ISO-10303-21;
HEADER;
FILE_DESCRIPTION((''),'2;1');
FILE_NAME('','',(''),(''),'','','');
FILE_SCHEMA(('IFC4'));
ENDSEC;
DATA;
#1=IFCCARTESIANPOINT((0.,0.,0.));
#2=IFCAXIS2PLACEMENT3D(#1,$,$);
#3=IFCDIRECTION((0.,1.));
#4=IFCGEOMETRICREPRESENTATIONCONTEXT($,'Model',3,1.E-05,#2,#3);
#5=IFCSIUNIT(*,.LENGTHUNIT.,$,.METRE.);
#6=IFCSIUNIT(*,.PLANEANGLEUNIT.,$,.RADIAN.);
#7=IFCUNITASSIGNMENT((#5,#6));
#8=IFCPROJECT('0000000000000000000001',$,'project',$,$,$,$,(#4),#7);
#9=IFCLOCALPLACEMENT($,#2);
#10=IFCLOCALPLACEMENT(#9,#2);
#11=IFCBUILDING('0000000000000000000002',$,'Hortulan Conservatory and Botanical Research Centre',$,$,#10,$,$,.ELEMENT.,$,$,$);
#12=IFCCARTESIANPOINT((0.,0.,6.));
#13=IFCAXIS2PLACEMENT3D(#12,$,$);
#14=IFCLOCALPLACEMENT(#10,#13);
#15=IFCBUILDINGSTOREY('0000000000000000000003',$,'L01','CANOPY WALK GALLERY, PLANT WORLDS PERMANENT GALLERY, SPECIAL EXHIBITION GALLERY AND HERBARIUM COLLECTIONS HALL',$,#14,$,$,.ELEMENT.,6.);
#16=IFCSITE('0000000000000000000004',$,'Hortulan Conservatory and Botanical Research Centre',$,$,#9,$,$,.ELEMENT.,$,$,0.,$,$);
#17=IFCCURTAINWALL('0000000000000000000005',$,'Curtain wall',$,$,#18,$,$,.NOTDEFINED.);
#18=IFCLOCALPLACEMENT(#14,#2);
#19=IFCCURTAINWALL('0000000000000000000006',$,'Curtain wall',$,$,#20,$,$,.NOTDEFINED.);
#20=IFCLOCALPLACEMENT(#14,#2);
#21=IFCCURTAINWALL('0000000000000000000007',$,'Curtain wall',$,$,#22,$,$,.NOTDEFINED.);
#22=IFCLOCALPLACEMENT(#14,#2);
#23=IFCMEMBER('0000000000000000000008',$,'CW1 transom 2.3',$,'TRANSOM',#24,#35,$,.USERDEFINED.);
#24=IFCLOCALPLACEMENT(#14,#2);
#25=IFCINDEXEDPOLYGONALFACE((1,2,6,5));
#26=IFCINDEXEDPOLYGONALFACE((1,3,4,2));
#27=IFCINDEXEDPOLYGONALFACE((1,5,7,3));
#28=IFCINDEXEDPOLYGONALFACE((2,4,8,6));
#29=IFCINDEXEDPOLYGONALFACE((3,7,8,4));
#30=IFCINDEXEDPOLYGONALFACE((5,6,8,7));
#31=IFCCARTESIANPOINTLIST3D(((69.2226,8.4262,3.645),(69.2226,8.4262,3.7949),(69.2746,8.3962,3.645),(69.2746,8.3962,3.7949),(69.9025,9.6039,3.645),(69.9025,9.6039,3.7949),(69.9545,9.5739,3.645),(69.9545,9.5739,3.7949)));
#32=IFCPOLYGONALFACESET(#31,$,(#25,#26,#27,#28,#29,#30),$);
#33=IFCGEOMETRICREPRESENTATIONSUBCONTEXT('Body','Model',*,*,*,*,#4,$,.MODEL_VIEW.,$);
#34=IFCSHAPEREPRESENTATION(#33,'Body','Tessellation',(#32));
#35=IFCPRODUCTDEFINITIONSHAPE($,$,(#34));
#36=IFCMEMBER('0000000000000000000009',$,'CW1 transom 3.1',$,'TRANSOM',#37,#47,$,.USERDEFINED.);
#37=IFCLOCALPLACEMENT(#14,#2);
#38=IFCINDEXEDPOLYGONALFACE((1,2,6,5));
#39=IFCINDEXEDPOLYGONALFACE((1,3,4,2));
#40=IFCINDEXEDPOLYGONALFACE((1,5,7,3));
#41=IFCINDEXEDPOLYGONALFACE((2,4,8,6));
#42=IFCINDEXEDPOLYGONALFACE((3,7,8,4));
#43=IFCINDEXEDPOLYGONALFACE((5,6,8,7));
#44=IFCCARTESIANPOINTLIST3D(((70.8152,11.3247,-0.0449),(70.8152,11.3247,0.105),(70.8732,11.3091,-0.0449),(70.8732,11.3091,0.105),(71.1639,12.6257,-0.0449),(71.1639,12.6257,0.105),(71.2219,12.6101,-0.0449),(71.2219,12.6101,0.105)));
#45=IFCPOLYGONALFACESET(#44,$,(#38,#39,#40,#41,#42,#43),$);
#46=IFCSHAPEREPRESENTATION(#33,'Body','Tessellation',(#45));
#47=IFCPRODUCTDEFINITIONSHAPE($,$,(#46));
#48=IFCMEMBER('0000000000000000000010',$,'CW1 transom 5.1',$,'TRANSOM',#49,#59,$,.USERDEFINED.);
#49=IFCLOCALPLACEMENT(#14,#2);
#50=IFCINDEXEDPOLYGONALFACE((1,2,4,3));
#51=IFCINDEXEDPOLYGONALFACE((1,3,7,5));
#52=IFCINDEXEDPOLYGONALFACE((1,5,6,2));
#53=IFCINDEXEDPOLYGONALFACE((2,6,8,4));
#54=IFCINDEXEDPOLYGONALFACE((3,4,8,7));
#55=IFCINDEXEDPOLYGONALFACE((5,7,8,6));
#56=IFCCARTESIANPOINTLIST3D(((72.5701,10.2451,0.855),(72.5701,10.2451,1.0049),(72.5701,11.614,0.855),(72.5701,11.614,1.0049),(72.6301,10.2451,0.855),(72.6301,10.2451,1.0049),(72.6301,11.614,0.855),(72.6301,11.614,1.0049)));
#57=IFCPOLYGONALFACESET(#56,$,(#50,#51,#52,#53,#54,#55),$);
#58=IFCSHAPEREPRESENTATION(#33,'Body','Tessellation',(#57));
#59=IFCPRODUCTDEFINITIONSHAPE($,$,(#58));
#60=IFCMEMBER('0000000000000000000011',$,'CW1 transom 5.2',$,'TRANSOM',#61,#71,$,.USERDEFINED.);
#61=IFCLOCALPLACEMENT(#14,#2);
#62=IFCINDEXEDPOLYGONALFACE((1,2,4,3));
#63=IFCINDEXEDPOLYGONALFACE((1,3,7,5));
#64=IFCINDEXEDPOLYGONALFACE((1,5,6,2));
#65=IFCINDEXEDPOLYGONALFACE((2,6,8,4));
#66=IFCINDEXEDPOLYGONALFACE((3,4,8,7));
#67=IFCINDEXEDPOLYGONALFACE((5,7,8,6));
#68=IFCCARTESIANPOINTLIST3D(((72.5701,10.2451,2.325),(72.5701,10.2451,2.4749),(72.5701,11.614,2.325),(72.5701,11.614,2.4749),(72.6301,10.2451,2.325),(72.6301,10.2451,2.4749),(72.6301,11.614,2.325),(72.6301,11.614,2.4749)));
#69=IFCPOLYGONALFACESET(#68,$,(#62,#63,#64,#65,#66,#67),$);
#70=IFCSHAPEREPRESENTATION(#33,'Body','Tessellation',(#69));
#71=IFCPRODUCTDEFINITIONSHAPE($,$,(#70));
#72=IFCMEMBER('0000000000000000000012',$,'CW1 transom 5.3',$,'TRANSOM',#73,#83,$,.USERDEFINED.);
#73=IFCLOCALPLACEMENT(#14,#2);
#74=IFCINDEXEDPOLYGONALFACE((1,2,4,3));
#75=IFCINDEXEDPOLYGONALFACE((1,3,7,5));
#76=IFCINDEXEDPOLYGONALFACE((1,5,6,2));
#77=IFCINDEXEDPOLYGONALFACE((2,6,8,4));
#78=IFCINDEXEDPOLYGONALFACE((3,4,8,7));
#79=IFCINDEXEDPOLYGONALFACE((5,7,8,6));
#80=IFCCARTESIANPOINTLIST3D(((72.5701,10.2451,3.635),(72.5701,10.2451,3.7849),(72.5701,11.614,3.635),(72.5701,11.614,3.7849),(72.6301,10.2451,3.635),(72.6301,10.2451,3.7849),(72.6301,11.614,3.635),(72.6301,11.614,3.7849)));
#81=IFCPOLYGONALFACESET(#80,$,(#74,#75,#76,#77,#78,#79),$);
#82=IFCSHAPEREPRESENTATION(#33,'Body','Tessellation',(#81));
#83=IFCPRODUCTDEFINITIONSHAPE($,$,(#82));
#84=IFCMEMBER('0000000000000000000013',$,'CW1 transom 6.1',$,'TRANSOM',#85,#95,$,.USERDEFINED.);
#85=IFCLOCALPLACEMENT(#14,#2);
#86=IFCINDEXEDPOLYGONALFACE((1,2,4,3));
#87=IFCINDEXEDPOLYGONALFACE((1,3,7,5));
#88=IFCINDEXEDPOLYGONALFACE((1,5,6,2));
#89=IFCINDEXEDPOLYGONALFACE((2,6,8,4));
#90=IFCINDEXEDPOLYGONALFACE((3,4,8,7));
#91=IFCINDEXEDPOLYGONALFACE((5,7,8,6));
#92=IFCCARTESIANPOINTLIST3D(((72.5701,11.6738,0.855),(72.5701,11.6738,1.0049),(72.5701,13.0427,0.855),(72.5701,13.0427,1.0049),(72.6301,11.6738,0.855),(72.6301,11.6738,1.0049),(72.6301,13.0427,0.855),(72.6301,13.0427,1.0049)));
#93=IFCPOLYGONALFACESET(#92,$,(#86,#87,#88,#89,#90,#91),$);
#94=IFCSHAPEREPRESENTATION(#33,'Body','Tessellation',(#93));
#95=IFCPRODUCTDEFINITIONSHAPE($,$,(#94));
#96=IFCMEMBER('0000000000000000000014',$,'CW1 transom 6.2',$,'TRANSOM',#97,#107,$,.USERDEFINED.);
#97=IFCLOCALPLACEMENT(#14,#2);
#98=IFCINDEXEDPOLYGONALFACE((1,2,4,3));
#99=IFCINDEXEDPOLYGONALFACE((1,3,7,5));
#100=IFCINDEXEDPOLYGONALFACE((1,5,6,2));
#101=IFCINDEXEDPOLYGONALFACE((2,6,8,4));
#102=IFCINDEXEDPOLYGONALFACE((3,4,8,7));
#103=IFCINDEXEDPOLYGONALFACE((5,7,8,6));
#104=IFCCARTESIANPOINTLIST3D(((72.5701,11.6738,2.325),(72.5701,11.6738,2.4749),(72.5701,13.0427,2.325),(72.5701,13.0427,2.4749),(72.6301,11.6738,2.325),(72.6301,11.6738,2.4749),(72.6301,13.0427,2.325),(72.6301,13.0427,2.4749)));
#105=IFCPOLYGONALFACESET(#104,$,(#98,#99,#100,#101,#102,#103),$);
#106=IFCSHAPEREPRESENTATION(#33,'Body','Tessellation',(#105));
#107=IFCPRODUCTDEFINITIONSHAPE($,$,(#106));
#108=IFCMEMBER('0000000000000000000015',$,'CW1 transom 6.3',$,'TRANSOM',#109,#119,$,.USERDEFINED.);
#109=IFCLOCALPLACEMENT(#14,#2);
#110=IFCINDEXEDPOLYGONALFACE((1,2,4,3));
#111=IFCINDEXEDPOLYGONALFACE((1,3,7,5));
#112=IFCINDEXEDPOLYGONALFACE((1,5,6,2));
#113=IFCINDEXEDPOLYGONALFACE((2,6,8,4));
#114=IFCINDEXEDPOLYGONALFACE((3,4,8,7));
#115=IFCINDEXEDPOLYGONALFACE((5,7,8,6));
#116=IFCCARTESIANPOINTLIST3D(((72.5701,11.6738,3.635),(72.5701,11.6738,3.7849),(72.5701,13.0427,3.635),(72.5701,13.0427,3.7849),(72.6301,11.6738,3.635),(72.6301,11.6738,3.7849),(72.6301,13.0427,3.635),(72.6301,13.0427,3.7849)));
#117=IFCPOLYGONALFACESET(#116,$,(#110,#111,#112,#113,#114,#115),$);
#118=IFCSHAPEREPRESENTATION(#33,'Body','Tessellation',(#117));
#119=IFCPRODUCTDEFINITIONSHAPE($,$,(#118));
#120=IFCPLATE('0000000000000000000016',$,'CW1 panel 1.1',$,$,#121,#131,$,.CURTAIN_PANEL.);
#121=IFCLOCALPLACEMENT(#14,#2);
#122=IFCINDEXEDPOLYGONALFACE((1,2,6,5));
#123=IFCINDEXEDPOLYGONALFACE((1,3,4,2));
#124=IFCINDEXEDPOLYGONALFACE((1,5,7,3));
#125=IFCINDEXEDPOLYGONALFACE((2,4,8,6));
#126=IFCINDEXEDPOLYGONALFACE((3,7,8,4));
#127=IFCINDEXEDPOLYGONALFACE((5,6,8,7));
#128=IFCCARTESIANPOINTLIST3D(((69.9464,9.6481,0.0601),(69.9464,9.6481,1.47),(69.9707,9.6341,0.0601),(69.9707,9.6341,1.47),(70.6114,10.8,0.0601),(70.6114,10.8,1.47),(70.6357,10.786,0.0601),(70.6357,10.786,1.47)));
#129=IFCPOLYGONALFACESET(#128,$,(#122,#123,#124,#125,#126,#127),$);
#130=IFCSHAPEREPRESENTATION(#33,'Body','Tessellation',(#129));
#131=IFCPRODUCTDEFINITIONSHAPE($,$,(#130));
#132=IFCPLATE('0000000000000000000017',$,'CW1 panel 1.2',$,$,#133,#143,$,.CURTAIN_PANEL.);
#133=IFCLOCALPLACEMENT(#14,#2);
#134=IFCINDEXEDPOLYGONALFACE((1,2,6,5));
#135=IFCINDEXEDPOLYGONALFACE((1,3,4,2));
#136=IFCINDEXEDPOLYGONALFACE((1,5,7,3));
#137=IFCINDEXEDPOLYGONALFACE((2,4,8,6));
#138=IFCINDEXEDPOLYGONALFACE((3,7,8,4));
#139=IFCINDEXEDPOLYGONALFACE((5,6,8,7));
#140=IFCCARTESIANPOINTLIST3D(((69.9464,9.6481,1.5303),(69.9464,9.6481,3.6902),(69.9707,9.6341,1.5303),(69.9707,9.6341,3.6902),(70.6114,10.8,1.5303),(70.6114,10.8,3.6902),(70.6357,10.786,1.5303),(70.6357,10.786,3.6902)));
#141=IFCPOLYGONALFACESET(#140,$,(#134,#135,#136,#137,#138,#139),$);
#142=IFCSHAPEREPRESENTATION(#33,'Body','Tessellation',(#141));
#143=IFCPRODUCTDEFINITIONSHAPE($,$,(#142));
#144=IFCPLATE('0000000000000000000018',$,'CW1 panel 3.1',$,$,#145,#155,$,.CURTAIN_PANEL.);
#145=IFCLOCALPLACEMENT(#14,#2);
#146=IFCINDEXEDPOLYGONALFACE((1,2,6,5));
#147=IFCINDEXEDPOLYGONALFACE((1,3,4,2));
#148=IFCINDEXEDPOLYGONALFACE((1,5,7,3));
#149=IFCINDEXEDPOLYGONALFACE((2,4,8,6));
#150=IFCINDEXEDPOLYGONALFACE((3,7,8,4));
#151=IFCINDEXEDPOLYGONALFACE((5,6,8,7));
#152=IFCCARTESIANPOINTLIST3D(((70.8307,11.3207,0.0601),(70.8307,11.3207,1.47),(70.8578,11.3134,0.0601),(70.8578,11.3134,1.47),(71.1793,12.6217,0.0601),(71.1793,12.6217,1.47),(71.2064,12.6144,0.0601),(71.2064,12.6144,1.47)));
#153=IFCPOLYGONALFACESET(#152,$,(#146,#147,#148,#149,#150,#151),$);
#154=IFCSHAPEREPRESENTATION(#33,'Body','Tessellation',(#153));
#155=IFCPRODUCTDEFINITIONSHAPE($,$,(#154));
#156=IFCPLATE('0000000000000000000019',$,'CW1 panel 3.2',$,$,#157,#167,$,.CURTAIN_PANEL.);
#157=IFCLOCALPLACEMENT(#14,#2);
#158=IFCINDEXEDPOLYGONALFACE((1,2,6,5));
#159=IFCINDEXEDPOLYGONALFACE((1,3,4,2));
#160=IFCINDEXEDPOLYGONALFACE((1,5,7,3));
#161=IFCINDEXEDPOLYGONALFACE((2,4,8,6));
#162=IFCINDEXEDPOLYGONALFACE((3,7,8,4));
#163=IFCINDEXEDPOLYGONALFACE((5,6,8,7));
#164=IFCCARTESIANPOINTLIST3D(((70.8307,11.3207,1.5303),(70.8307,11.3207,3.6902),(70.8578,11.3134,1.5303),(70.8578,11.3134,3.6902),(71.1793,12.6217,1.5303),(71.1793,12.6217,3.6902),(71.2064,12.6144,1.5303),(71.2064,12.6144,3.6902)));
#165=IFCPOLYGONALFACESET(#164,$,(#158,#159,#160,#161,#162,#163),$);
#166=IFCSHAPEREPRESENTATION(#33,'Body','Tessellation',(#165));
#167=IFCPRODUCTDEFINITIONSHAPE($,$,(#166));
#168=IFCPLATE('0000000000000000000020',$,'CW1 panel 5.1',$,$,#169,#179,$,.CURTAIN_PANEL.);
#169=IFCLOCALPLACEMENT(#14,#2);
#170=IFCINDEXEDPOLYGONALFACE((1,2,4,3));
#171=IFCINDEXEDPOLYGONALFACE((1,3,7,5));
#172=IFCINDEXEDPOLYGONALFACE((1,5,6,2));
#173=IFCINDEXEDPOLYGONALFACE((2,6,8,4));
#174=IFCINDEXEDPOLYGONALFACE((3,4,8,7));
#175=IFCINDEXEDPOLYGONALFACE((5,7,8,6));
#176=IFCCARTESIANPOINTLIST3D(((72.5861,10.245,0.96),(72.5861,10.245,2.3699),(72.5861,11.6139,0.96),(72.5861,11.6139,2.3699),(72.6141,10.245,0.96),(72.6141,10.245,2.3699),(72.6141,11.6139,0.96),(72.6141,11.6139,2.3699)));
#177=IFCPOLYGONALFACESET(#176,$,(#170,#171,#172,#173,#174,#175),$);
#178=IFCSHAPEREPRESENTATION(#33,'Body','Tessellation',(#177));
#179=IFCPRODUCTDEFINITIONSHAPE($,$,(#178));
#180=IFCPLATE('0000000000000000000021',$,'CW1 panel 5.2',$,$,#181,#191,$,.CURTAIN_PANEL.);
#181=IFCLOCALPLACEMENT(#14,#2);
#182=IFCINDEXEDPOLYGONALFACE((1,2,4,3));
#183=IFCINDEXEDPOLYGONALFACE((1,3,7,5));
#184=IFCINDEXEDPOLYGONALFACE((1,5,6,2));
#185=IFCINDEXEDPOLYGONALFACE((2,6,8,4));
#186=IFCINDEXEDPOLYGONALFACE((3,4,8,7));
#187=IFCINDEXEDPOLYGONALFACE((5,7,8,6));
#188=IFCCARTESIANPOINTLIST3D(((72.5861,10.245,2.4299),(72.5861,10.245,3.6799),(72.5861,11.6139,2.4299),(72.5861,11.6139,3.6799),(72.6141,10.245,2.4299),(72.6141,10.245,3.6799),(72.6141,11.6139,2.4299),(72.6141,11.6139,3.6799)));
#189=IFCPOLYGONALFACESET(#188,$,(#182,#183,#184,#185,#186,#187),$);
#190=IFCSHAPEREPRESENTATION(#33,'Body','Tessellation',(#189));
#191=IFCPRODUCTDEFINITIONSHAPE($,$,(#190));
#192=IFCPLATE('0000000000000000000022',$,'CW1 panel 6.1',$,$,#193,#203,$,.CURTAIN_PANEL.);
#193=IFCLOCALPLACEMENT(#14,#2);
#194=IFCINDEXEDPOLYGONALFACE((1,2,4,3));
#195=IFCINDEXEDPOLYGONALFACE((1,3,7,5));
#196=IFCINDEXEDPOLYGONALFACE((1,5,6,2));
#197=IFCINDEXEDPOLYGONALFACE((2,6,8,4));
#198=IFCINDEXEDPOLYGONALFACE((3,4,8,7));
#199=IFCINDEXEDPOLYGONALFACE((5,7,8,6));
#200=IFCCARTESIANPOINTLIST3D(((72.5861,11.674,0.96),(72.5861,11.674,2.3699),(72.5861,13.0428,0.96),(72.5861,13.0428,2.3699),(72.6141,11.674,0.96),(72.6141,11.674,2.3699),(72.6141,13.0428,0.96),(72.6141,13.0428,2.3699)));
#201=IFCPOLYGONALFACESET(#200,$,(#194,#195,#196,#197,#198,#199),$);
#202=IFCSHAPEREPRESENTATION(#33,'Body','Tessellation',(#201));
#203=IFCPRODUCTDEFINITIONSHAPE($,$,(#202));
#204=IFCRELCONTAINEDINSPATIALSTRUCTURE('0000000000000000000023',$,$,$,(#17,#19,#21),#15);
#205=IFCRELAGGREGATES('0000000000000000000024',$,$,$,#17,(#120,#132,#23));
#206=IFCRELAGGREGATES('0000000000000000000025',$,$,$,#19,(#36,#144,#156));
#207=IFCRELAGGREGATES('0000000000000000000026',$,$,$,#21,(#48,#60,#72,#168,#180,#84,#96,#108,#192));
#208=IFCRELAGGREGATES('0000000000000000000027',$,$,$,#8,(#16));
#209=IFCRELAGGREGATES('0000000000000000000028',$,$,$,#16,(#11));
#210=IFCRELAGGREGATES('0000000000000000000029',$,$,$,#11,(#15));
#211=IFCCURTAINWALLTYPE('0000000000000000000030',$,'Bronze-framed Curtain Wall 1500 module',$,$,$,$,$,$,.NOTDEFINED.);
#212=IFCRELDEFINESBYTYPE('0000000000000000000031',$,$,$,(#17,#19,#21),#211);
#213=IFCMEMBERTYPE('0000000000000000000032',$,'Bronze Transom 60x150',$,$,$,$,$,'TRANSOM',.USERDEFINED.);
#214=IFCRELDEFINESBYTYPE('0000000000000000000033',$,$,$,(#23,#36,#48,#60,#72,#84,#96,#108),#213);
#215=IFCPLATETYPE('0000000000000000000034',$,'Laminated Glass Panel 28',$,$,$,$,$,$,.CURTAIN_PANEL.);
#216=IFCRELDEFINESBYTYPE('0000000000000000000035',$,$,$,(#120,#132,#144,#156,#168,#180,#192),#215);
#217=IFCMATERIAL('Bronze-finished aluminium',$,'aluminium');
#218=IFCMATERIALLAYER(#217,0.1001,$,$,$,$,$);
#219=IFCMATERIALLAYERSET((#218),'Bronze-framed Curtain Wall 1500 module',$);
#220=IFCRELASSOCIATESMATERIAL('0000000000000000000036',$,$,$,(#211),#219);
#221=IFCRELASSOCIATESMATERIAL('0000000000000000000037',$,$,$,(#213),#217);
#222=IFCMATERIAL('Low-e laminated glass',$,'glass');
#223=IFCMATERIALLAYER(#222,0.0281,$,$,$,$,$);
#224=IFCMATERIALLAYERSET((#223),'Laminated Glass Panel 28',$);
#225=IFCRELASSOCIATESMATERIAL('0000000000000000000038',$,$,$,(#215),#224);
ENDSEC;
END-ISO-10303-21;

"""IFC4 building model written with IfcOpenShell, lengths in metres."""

from ifc_helpers import new_model, si_unit, direction, frame, origin, origin_2d, place, context, subcontext, project, spatial, rectangle, extrude, material, layer, layer_set, material_profile, profile_set, type_object, element, aggregate, save


model = new_model("IFC4")

# Units and contexts
model_context = context("Model", 3, precision=1e-05, world=origin(), true_north=direction((0.0, 1.0)))
body_context = subcontext(model_context, "Body", "Model", "MODEL_VIEW")
ifc_project = project(units=[si_unit("LENGTHUNIT", "METRE"), si_unit("PLANEANGLEUNIT", "RADIAN")], contexts=[model_context])

# Site, building, storey
site_placement = place(None, origin())
site = spatial("IfcSite", under=ifc_project, at=site_placement, Name="Hortulan Conservatory and Botanical Research Centre", CompositionType="ELEMENT", RefElevation=0.0)
building_placement = place(site_placement, origin())
building = spatial("IfcBuilding", under=site, at=building_placement, Name="Hortulan Conservatory and Botanical Research Centre", CompositionType="ELEMENT")
storey_placement = place(building_placement, frame((0.0, 0.0, 6.0)))
storey = spatial("IfcBuildingStorey", under=building, at=storey_placement, Name="L01", Description="CANOPY WALK GALLERY, PLANT WORLDS PERMANENT GALLERY, SPECIAL EXHIBITION GALLERY AND HERBARIUM COLLECTIONS HALL", CompositionType="ELEMENT", Elevation=6.0)

# Curtain wall
ifc_material_1 = material(Name="Bronze-finished aluminium", Category="aluminium")
ifc_layer_1 = layer(ifc_material_1, 0.1001)
ifc_layer_set_1 = layer_set([ifc_layer_1], Name="Bronze-framed Curtain Wall 1500 module")
curtain_wall_type = type_object("IfcCurtainWallType", Name="Bronze-framed Curtain Wall 1500 module", PredefinedType="NOTDEFINED", material=ifc_layer_set_1)
curtain_wall_1_placement = place(storey_placement, origin())
curtain_wall_1 = element("IfcCurtainWall", 1, at=curtain_wall_1_placement, inside=storey, type_object=curtain_wall_type, Name="Curtain wall", PredefinedType="NOTDEFINED")

# Curtain wall
curtain_wall_2_placement = place(storey_placement, origin())
curtain_wall_2 = element("IfcCurtainWall", 2, at=curtain_wall_2_placement, inside=storey, type_object=curtain_wall_type, Name="Curtain wall", PredefinedType="NOTDEFINED")

# Curtain wall
curtain_wall_3_placement = place(storey_placement, origin())
curtain_wall_3 = element("IfcCurtainWall", 3, at=curtain_wall_3_placement, inside=storey, type_object=curtain_wall_type, Name="Curtain wall", PredefinedType="NOTDEFINED")

# Members
ifc_material_profile_1 = material_profile(ifc_material_1, rectangle(XDim=0.0601, YDim=0.1499, at=origin_2d()), Name="Bronze Transom 60x150")
ifc_profile_set_1 = profile_set([ifc_material_profile_1], Name="Bronze-finished aluminium")
member_type_1 = type_object("IfcMemberType", Name="Bronze Transom 60x150", ElementType="TRANSOM", PredefinedType="USERDEFINED", material=ifc_profile_set_1)
member_1_placement = place(storey_placement, frame((69.9285, 9.5889, 3.72), z_axis=(-0.499981, -0.866036, 0.0), x_axis=(0.866036, -0.499981, 0.0)))
member_1 = element("IfcMember", 4, at=member_1_placement, type_object=member_type_1, Name="CW1 transom 2.3", ObjectType="TRANSOM", PredefinedType="USERDEFINED", context=body_context, shape_type="SweptSolid", body=[
    extrude(rectangle(XDim=0.0601, YDim=0.1499, at=origin_2d()), origin(), (0.0, 0.0, 1.0), 1.3599),
])
member_2_placement = place(storey_placement, frame((71.1929, 12.6179, 0.03), z_axis=(-0.258836, -0.965921, 0.0), x_axis=(0.965921, -0.258836, 0.0)))
member_2 = element("IfcMember", 5, at=member_2_placement, type_object=member_type_1, Name="CW1 transom 3.1", ObjectType="TRANSOM", PredefinedType="USERDEFINED", context=body_context, shape_type="SweptSolid", body=[
    extrude(rectangle(XDim=0.0601, YDim=0.1499, at=origin_2d()), origin(), (0.0, 0.0, 1.0), 1.3469),
])
member_3_placement = place(storey_placement, frame((72.6001, 10.2451, 0.9299), z_axis=(0.0, 1.0, 0.0), x_axis=(-1.0, 0.0, 0.0)))
member_3 = element("IfcMember", 6, at=member_3_placement, type_object=member_type_1, Name="CW1 transom 5.1", ObjectType="TRANSOM", PredefinedType="USERDEFINED", context=body_context, shape_type="SweptSolid", body=[
    extrude(rectangle(XDim=0.0601, YDim=0.1499, at=origin_2d()), origin(), (0.0, 0.0, 1.0), 1.3689),
])
member_4_placement = place(storey_placement, frame((72.6001, 10.2451, 2.3999), z_axis=(0.0, 1.0, 0.0), x_axis=(-1.0, 0.0, 0.0)))
member_4 = element("IfcMember", 7, at=member_4_placement, type_object=member_type_1, Name="CW1 transom 5.2", ObjectType="TRANSOM", PredefinedType="USERDEFINED", context=body_context, shape_type="SweptSolid", body=[
    extrude(rectangle(XDim=0.0601, YDim=0.1499, at=origin_2d()), origin(), (0.0, 0.0, 1.0), 1.3689),
])
member_5_placement = place(storey_placement, frame((72.6001, 10.2451, 3.71), z_axis=(0.0, 1.0, 0.0), x_axis=(-1.0, 0.0, 0.0)))
member_5 = element("IfcMember", 8, at=member_5_placement, type_object=member_type_1, Name="CW1 transom 5.3", ObjectType="TRANSOM", PredefinedType="USERDEFINED", context=body_context, shape_type="SweptSolid", body=[
    extrude(rectangle(XDim=0.0601, YDim=0.1499, at=origin_2d()), origin(), (0.0, 0.0, 1.0), 1.3689),
])
member_6_placement = place(storey_placement, frame((72.6001, 11.6738, 0.9299), z_axis=(0.0, 1.0, 0.0), x_axis=(-1.0, 0.0, 0.0)))
member_6 = element("IfcMember", 9, at=member_6_placement, type_object=member_type_1, Name="CW1 transom 6.1", ObjectType="TRANSOM", PredefinedType="USERDEFINED", context=body_context, shape_type="SweptSolid", body=[
    extrude(rectangle(XDim=0.0601, YDim=0.1499, at=origin_2d()), origin(), (0.0, 0.0, 1.0), 1.3689),
])
member_7_placement = place(storey_placement, frame((72.6001, 11.6738, 2.3999), z_axis=(0.0, 1.0, 0.0), x_axis=(-1.0, 0.0, 0.0)))
member_7 = element("IfcMember", 10, at=member_7_placement, type_object=member_type_1, Name="CW1 transom 6.2", ObjectType="TRANSOM", PredefinedType="USERDEFINED", context=body_context, shape_type="SweptSolid", body=[
    extrude(rectangle(XDim=0.0601, YDim=0.1499, at=origin_2d()), origin(), (0.0, 0.0, 1.0), 1.3689),
])
member_8_placement = place(storey_placement, frame((72.6001, 11.6738, 3.71), z_axis=(0.0, 1.0, 0.0), x_axis=(-1.0, 0.0, 0.0)))
member_8 = element("IfcMember", 11, at=member_8_placement, type_object=member_type_1, Name="CW1 transom 6.3", ObjectType="TRANSOM", PredefinedType="USERDEFINED", context=body_context, shape_type="SweptSolid", body=[
    extrude(rectangle(XDim=0.0601, YDim=0.1499, at=origin_2d()), origin(), (0.0, 0.0, 1.0), 1.3689),
])

# Plates
ifc_material_2 = material(Name="Low-e laminated glass", Category="glass")
ifc_layer_2 = layer(ifc_material_2, 0.0281)
ifc_layer_set_2 = layer_set([ifc_layer_2], Name="Laminated Glass Panel 28")
plate_type = type_object("IfcPlateType", Name="Laminated Glass Panel 28", PredefinedType="CURTAIN_PANEL", material=ifc_layer_set_2)
plate_1_placement = place(storey_placement, frame((70.291, 10.217, 0.0601), z_axis=(0.0, 0.0, 1.0), x_axis=(-0.499981, -0.866036, 0.0)))
plate_1 = element("IfcPlate", 12, at=plate_1_placement, type_object=plate_type, Name="CW1 panel 1.1", PredefinedType="CURTAIN_PANEL", context=body_context, shape_type="SweptSolid", body=[
    extrude(rectangle(XDim=1.3301, YDim=0.0281, at=origin_2d()), origin(), (0.0, 0.0, 1.0), 1.4099),
])
plate_2_placement = place(storey_placement, frame((70.291, 10.217, 1.5303), z_axis=(0.0, 0.0, 1.0), x_axis=(-0.499981, -0.866036, 0.0)))
plate_2 = element("IfcPlate", 13, at=plate_2_placement, type_object=plate_type, Name="CW1 panel 1.2", PredefinedType="CURTAIN_PANEL", context=body_context, shape_type="SweptSolid", body=[
    extrude(rectangle(XDim=1.3301, YDim=0.0281, at=origin_2d()), origin(), (0.0, 0.0, 1.0), 2.1599),
])
aggregate(curtain_wall_1, [plate_1, plate_2, member_1])
plate_3_placement = place(storey_placement, frame((71.0186, 11.9675, 0.0601), z_axis=(0.0, 0.0, 1.0), x_axis=(-0.258832, -0.965922, 0.0)))
plate_3 = element("IfcPlate", 14, at=plate_3_placement, type_object=plate_type, Name="CW1 panel 3.1", PredefinedType="CURTAIN_PANEL", context=body_context, shape_type="SweptSolid", body=[
    extrude(rectangle(XDim=1.3469, YDim=0.0281, at=origin_2d()), origin(), (0.0, 0.0, 1.0), 1.4099),
])
plate_4_placement = place(storey_placement, frame((71.0186, 11.9675, 1.5303), z_axis=(0.0, 0.0, 1.0), x_axis=(-0.258832, -0.965922, 0.0)))
plate_4 = element("IfcPlate", 15, at=plate_4_placement, type_object=plate_type, Name="CW1 panel 3.2", PredefinedType="CURTAIN_PANEL", context=body_context, shape_type="SweptSolid", body=[
    extrude(rectangle(XDim=1.3469, YDim=0.0281, at=origin_2d()), origin(), (0.0, 0.0, 1.0), 2.1599),
])
aggregate(curtain_wall_2, [member_2, plate_3, plate_4])
plate_5_placement = place(storey_placement, frame((72.6001, 10.9294, 0.96), z_axis=(0.0, 0.0, 1.0), x_axis=(0.0, 1.0, 0.0)))
plate_5 = element("IfcPlate", 16, at=plate_5_placement, type_object=plate_type, Name="CW1 panel 5.1", PredefinedType="CURTAIN_PANEL", context=body_context, shape_type="SweptSolid", body=[
    extrude(rectangle(XDim=1.3689, YDim=0.0281, at=origin_2d()), origin(), (0.0, 0.0, 1.0), 1.4099),
])
plate_6_placement = place(storey_placement, frame((72.6001, 10.9294, 2.4299), z_axis=(0.0, 0.0, 1.0), x_axis=(0.0, 1.0, 0.0)))
plate_6 = element("IfcPlate", 17, at=plate_6_placement, type_object=plate_type, Name="CW1 panel 5.2", PredefinedType="CURTAIN_PANEL", context=body_context, shape_type="SweptSolid", body=[
    extrude(rectangle(XDim=1.3689, YDim=0.0281, at=origin_2d()), origin(), (0.0, 0.0, 1.0), 1.25),
])
plate_7_placement = place(storey_placement, frame((72.6001, 12.3584, 0.96), z_axis=(0.0, 0.0, 1.0), x_axis=(0.0, 1.0, 0.0)))
plate_7 = element("IfcPlate", 18, at=plate_7_placement, type_object=plate_type, Name="CW1 panel 6.1", PredefinedType="CURTAIN_PANEL", context=body_context, shape_type="SweptSolid", body=[
    extrude(rectangle(XDim=1.3689, YDim=0.0281, at=origin_2d()), origin(), (0.0, 0.0, 1.0), 1.4099),
])
aggregate(curtain_wall_3, [member_3, member_4, member_5, plate_5, plate_6, member_6, member_7, member_8, plate_7])

save(model, "model.ifc")
